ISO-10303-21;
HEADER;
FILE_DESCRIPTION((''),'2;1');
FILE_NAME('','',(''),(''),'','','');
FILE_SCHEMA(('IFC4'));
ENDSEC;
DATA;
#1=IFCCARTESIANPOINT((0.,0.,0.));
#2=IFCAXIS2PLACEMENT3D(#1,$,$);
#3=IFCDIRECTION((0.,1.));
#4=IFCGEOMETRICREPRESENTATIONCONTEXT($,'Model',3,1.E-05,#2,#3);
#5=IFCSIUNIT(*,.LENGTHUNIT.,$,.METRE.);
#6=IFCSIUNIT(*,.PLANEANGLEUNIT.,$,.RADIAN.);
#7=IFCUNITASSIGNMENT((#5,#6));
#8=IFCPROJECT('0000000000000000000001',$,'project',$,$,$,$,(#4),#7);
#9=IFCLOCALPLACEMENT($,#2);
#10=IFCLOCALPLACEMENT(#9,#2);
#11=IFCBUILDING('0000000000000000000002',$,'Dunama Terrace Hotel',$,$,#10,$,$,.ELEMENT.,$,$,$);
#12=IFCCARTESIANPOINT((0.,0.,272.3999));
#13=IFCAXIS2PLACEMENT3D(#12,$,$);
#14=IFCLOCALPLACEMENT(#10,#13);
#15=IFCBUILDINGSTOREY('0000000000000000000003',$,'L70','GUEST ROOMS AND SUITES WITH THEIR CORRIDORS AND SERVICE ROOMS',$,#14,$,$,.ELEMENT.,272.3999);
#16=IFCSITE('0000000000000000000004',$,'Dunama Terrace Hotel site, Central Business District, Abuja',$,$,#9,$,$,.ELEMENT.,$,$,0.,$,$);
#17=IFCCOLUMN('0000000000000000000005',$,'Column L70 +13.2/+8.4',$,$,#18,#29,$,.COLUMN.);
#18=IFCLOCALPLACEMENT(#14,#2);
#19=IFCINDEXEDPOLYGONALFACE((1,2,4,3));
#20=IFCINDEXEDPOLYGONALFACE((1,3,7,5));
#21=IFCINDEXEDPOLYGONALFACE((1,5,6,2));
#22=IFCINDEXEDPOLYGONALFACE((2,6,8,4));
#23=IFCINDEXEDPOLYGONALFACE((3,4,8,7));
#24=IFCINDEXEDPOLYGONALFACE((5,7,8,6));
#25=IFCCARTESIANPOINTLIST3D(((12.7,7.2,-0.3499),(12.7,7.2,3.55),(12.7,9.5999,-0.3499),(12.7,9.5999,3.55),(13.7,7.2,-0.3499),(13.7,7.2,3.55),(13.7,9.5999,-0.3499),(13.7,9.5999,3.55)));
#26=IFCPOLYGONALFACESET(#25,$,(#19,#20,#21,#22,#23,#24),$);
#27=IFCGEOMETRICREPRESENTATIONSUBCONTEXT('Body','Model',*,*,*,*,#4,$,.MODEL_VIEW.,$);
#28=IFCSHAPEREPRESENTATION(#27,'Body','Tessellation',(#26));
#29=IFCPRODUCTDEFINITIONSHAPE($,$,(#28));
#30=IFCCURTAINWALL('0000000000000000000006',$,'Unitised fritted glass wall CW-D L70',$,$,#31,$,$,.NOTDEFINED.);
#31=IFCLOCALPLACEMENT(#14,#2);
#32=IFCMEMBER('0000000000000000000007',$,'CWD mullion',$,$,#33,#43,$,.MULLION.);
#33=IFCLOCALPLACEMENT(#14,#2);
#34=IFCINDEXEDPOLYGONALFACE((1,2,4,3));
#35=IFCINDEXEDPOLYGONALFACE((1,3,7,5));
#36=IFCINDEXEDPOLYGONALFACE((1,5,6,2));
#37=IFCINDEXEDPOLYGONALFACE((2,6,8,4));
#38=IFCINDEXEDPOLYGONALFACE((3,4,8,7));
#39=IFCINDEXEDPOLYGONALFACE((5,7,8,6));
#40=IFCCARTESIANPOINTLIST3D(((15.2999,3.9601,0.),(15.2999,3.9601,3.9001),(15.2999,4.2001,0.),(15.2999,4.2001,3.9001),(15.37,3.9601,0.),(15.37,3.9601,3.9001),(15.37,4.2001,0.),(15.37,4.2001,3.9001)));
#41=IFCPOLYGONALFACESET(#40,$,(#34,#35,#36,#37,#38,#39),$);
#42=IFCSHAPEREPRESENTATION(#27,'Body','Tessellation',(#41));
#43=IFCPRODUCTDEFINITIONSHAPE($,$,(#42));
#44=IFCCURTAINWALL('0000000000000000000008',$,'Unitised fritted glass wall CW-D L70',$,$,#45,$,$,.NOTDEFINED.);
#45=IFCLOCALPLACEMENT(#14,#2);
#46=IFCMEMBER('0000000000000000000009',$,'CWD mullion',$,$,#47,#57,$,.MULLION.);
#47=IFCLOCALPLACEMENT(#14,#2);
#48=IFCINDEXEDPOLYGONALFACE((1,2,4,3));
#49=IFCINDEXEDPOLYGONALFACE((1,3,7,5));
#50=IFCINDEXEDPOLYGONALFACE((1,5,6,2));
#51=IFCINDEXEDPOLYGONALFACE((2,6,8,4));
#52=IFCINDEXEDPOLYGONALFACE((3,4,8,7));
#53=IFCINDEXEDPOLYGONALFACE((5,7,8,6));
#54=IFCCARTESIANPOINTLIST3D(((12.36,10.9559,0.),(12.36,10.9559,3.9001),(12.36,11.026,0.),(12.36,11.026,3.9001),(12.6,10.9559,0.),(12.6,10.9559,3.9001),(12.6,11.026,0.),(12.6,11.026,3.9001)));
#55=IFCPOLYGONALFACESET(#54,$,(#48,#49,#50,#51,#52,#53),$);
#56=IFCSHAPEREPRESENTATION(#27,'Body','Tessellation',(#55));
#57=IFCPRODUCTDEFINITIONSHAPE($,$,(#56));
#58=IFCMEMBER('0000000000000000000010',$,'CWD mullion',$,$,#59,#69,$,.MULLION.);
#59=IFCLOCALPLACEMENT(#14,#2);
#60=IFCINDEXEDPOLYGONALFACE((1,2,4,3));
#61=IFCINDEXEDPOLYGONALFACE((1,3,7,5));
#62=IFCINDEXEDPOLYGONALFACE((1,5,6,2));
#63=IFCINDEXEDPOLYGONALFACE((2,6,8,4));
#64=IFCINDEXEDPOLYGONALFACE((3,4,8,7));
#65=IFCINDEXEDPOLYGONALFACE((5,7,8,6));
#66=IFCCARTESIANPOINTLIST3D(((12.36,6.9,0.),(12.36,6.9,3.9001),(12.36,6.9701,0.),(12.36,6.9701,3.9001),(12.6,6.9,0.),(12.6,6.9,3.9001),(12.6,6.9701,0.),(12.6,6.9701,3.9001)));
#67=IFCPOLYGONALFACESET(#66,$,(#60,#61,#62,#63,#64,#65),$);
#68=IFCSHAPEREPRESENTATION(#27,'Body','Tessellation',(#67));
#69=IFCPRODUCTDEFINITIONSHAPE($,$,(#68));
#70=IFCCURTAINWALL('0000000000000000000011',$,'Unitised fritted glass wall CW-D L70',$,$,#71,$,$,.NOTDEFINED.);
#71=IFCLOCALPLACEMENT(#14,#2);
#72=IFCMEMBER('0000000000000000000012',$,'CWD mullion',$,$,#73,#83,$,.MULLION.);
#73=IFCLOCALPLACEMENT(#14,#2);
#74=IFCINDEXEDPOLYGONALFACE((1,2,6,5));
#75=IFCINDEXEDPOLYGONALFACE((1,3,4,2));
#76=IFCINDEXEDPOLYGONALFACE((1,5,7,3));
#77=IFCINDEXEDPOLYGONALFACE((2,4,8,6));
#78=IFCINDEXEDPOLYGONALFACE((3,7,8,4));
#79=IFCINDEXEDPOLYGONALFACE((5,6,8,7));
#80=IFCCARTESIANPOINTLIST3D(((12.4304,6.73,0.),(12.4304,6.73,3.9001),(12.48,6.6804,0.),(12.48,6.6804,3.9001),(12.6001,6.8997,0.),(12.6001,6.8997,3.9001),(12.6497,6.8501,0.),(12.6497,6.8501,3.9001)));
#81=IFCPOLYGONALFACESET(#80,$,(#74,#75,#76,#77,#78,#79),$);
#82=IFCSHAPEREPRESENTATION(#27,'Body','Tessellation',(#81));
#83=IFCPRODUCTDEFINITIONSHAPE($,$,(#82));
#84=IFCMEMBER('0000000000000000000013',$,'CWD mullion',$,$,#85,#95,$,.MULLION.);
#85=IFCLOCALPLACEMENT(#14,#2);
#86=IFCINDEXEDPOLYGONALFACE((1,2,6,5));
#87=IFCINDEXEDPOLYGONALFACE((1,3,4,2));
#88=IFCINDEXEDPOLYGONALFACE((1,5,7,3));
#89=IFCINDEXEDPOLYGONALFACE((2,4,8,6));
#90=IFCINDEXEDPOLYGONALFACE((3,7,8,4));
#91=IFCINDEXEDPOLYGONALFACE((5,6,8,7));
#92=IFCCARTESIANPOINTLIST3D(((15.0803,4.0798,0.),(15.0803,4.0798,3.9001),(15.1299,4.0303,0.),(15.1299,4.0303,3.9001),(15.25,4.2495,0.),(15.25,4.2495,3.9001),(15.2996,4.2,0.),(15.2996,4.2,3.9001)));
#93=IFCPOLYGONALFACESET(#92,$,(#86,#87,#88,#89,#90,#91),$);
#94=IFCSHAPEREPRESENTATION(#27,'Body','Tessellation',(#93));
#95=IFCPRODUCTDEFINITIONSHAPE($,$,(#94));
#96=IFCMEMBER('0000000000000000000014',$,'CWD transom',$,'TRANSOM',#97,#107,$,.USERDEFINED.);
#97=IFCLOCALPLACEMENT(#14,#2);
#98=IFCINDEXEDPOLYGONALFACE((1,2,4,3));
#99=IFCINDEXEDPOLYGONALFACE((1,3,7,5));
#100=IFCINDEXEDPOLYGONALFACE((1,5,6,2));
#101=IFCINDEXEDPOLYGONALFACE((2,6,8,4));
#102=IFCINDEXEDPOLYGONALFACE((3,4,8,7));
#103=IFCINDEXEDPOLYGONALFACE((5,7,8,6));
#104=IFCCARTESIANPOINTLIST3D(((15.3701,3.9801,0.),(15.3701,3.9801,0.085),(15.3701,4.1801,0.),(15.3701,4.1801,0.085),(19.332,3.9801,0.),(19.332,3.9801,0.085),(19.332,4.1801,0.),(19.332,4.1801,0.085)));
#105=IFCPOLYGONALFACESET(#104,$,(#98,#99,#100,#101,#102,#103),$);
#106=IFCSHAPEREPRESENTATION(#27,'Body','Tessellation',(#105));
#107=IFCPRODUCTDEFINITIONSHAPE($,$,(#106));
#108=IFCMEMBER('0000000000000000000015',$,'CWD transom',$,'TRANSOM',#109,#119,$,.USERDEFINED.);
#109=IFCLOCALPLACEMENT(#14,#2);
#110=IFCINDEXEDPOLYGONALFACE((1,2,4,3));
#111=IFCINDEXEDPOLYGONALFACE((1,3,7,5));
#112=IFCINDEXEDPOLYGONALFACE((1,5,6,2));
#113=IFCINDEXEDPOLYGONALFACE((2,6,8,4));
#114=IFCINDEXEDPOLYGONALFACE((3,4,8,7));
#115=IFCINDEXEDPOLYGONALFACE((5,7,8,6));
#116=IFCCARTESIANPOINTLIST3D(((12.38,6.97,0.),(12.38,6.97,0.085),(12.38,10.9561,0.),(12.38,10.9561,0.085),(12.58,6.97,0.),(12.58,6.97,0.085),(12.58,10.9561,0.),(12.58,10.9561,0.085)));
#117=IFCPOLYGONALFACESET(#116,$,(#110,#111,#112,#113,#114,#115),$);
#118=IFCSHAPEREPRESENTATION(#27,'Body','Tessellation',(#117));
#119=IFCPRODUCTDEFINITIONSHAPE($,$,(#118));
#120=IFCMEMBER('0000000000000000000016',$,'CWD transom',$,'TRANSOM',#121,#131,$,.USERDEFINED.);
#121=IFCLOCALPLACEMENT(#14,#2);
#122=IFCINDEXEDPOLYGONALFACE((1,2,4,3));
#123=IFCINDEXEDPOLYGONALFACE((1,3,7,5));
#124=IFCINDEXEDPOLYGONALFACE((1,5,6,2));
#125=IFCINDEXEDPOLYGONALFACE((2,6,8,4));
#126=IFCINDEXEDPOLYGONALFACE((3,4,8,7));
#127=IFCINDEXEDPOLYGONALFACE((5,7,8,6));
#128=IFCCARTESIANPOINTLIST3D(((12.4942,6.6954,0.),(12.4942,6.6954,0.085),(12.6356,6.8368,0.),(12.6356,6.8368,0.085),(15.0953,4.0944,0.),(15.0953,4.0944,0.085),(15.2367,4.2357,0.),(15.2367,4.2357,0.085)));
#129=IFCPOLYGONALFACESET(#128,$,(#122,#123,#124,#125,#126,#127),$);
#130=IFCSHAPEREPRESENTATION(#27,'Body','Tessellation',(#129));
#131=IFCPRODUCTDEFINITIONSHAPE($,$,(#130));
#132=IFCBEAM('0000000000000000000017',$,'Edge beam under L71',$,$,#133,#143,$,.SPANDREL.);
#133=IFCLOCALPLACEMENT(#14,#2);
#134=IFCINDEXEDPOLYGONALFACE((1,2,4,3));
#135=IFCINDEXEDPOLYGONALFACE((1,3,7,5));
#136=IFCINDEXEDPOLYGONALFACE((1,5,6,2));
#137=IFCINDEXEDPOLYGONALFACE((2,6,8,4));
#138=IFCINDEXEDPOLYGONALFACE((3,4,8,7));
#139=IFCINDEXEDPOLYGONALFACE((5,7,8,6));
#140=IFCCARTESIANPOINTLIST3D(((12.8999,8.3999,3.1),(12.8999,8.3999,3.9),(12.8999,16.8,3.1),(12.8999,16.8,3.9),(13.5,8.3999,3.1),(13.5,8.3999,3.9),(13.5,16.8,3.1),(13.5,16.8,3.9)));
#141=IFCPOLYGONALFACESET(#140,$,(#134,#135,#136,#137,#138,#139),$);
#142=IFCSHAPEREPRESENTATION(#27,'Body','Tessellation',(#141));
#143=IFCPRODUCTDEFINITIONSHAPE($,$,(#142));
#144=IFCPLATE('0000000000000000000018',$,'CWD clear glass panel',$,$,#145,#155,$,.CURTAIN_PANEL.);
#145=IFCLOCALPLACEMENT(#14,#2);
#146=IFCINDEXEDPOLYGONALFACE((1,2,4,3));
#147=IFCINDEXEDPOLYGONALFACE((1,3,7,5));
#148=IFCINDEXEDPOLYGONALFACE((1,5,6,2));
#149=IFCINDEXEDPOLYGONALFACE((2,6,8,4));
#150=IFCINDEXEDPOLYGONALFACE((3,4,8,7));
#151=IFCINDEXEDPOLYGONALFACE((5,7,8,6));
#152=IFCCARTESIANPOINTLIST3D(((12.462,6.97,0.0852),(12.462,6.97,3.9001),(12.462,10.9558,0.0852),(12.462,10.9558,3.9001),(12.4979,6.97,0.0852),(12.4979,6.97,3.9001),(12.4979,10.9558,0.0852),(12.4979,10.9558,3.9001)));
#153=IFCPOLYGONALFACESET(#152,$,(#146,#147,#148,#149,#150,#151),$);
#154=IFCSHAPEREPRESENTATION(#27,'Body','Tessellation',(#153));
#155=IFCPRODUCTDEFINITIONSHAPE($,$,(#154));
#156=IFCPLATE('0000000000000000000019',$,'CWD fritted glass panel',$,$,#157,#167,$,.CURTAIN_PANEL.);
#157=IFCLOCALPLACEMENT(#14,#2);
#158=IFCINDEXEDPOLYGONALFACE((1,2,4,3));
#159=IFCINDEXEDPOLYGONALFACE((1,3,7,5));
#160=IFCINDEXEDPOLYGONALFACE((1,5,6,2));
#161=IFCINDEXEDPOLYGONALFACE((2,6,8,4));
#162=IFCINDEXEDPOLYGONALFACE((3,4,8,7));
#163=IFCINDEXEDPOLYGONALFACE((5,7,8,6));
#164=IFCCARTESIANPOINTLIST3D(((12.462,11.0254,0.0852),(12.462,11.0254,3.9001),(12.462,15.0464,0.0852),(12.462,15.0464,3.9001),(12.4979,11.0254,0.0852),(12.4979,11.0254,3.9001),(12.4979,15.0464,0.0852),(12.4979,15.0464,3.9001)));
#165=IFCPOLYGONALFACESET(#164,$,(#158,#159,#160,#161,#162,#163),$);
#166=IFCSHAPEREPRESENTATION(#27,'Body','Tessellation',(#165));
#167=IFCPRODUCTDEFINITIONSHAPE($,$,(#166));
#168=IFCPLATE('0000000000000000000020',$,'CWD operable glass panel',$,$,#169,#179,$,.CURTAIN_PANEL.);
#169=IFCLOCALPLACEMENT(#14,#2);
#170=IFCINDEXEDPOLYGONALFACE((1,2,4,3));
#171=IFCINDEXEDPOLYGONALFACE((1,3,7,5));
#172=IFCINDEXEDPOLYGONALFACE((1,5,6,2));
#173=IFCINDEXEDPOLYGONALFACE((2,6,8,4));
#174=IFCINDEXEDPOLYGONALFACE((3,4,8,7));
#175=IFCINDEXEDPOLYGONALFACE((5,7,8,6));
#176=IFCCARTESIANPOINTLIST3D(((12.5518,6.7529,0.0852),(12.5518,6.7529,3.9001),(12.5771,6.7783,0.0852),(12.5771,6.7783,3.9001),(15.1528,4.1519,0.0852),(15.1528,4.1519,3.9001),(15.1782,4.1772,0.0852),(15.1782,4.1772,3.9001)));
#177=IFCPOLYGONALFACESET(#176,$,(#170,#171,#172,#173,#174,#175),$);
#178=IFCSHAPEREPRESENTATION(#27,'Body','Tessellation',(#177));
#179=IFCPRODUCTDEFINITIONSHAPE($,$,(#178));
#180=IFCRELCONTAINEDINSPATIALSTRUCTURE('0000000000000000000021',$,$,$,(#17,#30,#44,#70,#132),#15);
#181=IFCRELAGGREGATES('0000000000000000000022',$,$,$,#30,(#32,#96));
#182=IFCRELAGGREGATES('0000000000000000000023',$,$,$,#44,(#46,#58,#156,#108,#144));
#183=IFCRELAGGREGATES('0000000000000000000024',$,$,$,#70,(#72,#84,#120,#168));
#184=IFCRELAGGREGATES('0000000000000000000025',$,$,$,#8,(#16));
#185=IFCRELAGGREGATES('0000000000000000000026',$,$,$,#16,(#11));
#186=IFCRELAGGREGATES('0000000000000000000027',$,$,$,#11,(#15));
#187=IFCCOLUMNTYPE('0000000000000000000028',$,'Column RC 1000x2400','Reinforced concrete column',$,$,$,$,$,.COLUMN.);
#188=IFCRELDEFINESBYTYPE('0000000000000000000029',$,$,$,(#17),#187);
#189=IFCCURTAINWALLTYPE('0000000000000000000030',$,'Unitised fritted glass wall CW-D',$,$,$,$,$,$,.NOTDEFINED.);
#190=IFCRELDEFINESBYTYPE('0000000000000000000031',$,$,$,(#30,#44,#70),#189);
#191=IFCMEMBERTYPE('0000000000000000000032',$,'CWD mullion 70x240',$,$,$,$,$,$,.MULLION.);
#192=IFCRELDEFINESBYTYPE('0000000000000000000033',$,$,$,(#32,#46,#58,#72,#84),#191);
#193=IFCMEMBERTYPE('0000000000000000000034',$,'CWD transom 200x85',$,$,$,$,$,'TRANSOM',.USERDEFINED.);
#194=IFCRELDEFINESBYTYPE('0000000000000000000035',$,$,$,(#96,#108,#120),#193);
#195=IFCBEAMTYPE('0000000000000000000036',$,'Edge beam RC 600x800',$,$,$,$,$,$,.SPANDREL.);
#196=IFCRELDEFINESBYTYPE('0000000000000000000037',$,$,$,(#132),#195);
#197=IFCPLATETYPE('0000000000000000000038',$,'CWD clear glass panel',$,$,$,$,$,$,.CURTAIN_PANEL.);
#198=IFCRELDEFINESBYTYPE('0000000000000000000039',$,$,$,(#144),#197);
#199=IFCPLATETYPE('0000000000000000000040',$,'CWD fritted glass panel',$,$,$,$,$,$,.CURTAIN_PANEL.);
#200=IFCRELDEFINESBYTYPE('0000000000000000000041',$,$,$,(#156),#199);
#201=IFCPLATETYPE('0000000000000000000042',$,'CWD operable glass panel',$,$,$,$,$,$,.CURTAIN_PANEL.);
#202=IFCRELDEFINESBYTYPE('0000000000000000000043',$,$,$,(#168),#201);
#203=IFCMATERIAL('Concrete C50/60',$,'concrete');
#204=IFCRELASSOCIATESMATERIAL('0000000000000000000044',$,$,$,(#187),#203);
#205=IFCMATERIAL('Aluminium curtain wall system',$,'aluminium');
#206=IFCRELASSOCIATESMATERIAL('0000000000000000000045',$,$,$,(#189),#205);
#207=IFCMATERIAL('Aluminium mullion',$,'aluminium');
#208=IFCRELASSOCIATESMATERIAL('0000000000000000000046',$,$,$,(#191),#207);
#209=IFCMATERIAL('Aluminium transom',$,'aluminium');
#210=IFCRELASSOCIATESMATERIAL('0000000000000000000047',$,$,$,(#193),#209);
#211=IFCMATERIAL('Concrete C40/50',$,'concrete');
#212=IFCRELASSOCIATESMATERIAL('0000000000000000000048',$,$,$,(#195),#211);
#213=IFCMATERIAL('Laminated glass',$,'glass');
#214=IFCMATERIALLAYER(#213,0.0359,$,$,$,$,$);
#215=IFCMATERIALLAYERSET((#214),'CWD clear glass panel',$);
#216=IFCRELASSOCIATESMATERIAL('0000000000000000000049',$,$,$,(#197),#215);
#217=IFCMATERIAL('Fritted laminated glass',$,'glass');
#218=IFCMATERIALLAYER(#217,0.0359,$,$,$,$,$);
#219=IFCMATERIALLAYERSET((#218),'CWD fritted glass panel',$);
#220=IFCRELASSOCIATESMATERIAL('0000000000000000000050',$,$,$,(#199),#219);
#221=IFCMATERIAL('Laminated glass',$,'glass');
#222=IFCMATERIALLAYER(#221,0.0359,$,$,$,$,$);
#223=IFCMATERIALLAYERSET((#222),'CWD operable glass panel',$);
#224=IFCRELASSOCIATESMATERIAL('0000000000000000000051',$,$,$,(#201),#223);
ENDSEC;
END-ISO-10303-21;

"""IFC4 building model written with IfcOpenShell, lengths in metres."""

from ifc_helpers import new_model, si_unit, direction, frame, origin, origin_2d, place, context, subcontext, project, spatial, rectangle, extrude, material, layer, layer_set, material_profile, profile_set, type_object, element, aggregate, save


model = new_model("IFC4")

# Units and contexts
model_context = context("Model", 3, precision=1e-05, world=origin(), true_north=direction((0.0, 1.0)))
body_context = subcontext(model_context, "Body", "Model", "MODEL_VIEW")
ifc_project = project(units=[si_unit("LENGTHUNIT", "METRE"), si_unit("PLANEANGLEUNIT", "RADIAN")], contexts=[model_context])

# Site, building, storey
site_placement = place(None, origin())
site = spatial("IfcSite", under=ifc_project, at=site_placement, Name="Dunama Terrace Hotel site, Central Business District, Abuja", CompositionType="ELEMENT", RefElevation=0.0)
building_placement = place(site_placement, origin())
building = spatial("IfcBuilding", under=site, at=building_placement, Name="Dunama Terrace Hotel", CompositionType="ELEMENT")
storey_placement = place(building_placement, frame((0.0, 0.0, 272.3999)))
storey = spatial("IfcBuildingStorey", under=building, at=storey_placement, Name="L70", Description="GUEST ROOMS AND SUITES WITH THEIR CORRIDORS AND SERVICE ROOMS", CompositionType="ELEMENT", Elevation=272.3999)

# Column
ifc_material_1 = material(Name="Concrete C50/60", Category="concrete")
ifc_material_profile_1 = material_profile(ifc_material_1, rectangle(XDim=1.0, YDim=2.3999, at=origin_2d()), Name="RC 1000x2400")
ifc_profile_set_1 = profile_set([ifc_material_profile_1], Name="Concrete C50/60")
column_type = type_object("IfcColumnType", Name="Column RC 1000x2400", Description="Reinforced concrete column", PredefinedType="COLUMN", material=ifc_profile_set_1)
column_placement = place(storey_placement, frame((13.2, 8.3999, -0.3499), z_axis=(0.0, 0.0, 1.0), x_axis=(1.0, 0.0, 0.0)))
element("IfcColumn", 1, at=column_placement, inside=storey, type_object=column_type, Name="Column L70 +13.2/+8.4", PredefinedType="COLUMN", context=body_context, shape_type="SweptSolid", body=[
    extrude(rectangle(XDim=1.0, YDim=2.3999, at=origin_2d()), origin(), (0.0, 0.0, 1.0), 3.8999),
])

# Curtain wall, member
ifc_material_2 = material(Name="Aluminium curtain wall system", Category="aluminium")
curtain_wall_type = type_object("IfcCurtainWallType", Name="Unitised fritted glass wall CW-D", PredefinedType="NOTDEFINED", material=ifc_material_2)
curtain_wall_1_placement = place(storey_placement, origin())
curtain_wall_1 = element("IfcCurtainWall", 2, at=curtain_wall_1_placement, inside=storey, type_object=curtain_wall_type, Name="Unitised fritted glass wall CW-D L70", PredefinedType="NOTDEFINED")
ifc_material_3 = material(Name="Aluminium mullion", Category="aluminium")
ifc_material_profile_2 = material_profile(ifc_material_3, rectangle(XDim=0.0701, YDim=0.24, at=origin_2d()), Name="CWD MULLION 70X240")
ifc_profile_set_2 = profile_set([ifc_material_profile_2], Name="Aluminium mullion")
member_type_1 = type_object("IfcMemberType", Name="CWD mullion 70x240", PredefinedType="MULLION", material=ifc_profile_set_2)
member_1_placement = place(storey_placement, frame((15.335, 4.0801, 0.0), z_axis=(0.0, 0.0, 1.0), x_axis=(1.0, 0.0, 0.0)))
member_1 = element("IfcMember", 3, at=member_1_placement, type_object=member_type_1, Name="CWD mullion", PredefinedType="MULLION", context=body_context, shape_type="SweptSolid", body=[
    extrude(rectangle(XDim=0.0701, YDim=0.24, at=origin_2d()), origin(), (0.0, 0.0, 1.0), 3.9001),
])

# Curtain walls, members
curtain_wall_2_placement = place(storey_placement, origin())
curtain_wall_2 = element("IfcCurtainWall", 4, at=curtain_wall_2_placement, inside=storey, type_object=curtain_wall_type, Name="Unitised fritted glass wall CW-D L70", PredefinedType="NOTDEFINED")
member_2_placement = place(storey_placement, frame((12.48, 10.991, 0.0), z_axis=(0.0, 0.0, 1.0), x_axis=(0.0, -1.0, 0.0)))
member_2 = element("IfcMember", 5, at=member_2_placement, type_object=member_type_1, Name="CWD mullion", PredefinedType="MULLION", context=body_context, shape_type="SweptSolid", body=[
    extrude(rectangle(XDim=0.0701, YDim=0.24, at=origin_2d()), origin(), (0.0, 0.0, 1.0), 3.9001),
])
member_3_placement = place(storey_placement, frame((12.48, 6.9351, 0.0), z_axis=(0.0, 0.0, 1.0), x_axis=(0.0, -1.0, 0.0)))
member_3 = element("IfcMember", 6, at=member_3_placement, type_object=member_type_1, Name="CWD mullion", PredefinedType="MULLION", context=body_context, shape_type="SweptSolid", body=[
    extrude(rectangle(XDim=0.0701, YDim=0.24, at=origin_2d()), origin(), (0.0, 0.0, 1.0), 3.9001),
])
curtain_wall_3_placement = place(storey_placement, origin())
curtain_wall_3 = element("IfcCurtainWall", 7, at=curtain_wall_3_placement, inside=storey, type_object=curtain_wall_type, Name="Unitised fritted glass wall CW-D L70", PredefinedType="NOTDEFINED")
member_4_placement = place(storey_placement, frame((12.54, 6.79, 0.0), z_axis=(0.0, 0.0, 1.0), x_axis=(0.707107, -0.707107, 0.0)))
member_4 = element("IfcMember", 8, at=member_4_placement, type_object=member_type_1, Name="CWD mullion", PredefinedType="MULLION", context=body_context, shape_type="SweptSolid", body=[
    extrude(rectangle(XDim=0.0701, YDim=0.24, at=origin_2d()), origin(), (0.0, 0.0, 1.0), 3.9001),
])
member_5_placement = place(storey_placement, frame((15.1899, 4.1399, 0.0), z_axis=(0.0, 0.0, 1.0), x_axis=(0.707107, -0.707107, 0.0)))
member_5 = element("IfcMember", 9, at=member_5_placement, type_object=member_type_1, Name="CWD mullion", PredefinedType="MULLION", context=body_context, shape_type="SweptSolid", body=[
    extrude(rectangle(XDim=0.0701, YDim=0.24, at=origin_2d()), origin(), (0.0, 0.0, 1.0), 3.9001),
])

# Members
ifc_material_4 = material(Name="Aluminium transom", Category="aluminium")
ifc_material_profile_3 = material_profile(ifc_material_4, rectangle(XDim=0.2, YDim=0.085, at=origin_2d()), Name="CWD TRANSOM 200X85")
ifc_profile_set_3 = profile_set([ifc_material_profile_3], Name="Aluminium transom")
member_type_2 = type_object("IfcMemberType", Name="CWD transom 200x85", ElementType="TRANSOM", PredefinedType="USERDEFINED", material=ifc_profile_set_3)
member_6_placement = place(storey_placement, frame((15.3701, 4.0801, 0.0425), z_axis=(1.0, 0.0, 0.0), x_axis=(0.0, 1.0, 0.0)))
member_6 = element("IfcMember", 10, at=member_6_placement, type_object=member_type_2, Name="CWD transom", ObjectType="TRANSOM", PredefinedType="USERDEFINED", context=body_context, shape_type="SweptSolid", body=[
    extrude(rectangle(XDim=0.2, YDim=0.085, at=origin_2d()), origin(), (0.0, 0.0, 1.0), 3.9619),
])
aggregate(curtain_wall_1, [member_1, member_6])
member_7_placement = place(storey_placement, frame((12.48, 10.9561, 0.0425), z_axis=(0.0, -1.0, 0.0), x_axis=(1.0, 0.0, 0.0)))
member_7 = element("IfcMember", 11, at=member_7_placement, type_object=member_type_2, Name="CWD transom", ObjectType="TRANSOM", PredefinedType="USERDEFINED", context=body_context, shape_type="SweptSolid", body=[
    extrude(rectangle(XDim=0.2, YDim=0.085, at=origin_2d()), origin(), (0.0, 0.0, 1.0), 3.9861),
])
member_8_placement = place(storey_placement, frame((12.5649, 6.7661, 0.0425), z_axis=(0.707107, -0.707107, 0.0), x_axis=(0.707107, 0.707107, 0.0)))
member_8 = element("IfcMember", 12, at=member_8_placement, type_object=member_type_2, Name="CWD transom", ObjectType="TRANSOM", PredefinedType="USERDEFINED", context=body_context, shape_type="SweptSolid", body=[
    extrude(rectangle(XDim=0.2, YDim=0.085, at=origin_2d()), origin(), (0.0, 0.0, 1.0), 3.6785),
])

# Beam
ifc_material_5 = material(Name="Concrete C40/50", Category="concrete")
ifc_material_profile_4 = material_profile(ifc_material_5, rectangle(XDim=0.6001, YDim=0.8, at=origin_2d()), Name="RC 600x800")
ifc_profile_set_4 = profile_set([ifc_material_profile_4], Name="Concrete C40/50")
beam_type = type_object("IfcBeamType", Name="Edge beam RC 600x800", PredefinedType="SPANDREL", material=ifc_profile_set_4)
beam_placement = place(storey_placement, frame((13.2, 8.3999, 3.5), z_axis=(0.0, 1.0, 0.0), x_axis=(-1.0, 0.0, 0.0)))
element("IfcBeam", 13, at=beam_placement, inside=storey, type_object=beam_type, Name="Edge beam under L71", PredefinedType="SPANDREL", context=body_context, shape_type="SweptSolid", body=[
    extrude(rectangle(XDim=0.6001, YDim=0.8, at=origin_2d()), origin(), (0.0, 0.0, 1.0), 8.4001),
])

# Plates
ifc_material_6 = material(Name="Laminated glass", Category="glass")
ifc_layer_1 = layer(ifc_material_6, 0.0359)
ifc_layer_set_1 = layer_set([ifc_layer_1], Name="CWD clear glass panel")
plate_type_1 = type_object("IfcPlateType", Name="CWD clear glass panel", PredefinedType="CURTAIN_PANEL", material=ifc_layer_set_1)
plate_1_placement = place(storey_placement, frame((12.48, 8.9629, 0.0852), z_axis=(0.0, 0.0, 1.0), x_axis=(0.0, -1.0, 0.0)))
plate_1 = element("IfcPlate", 14, at=plate_1_placement, type_object=plate_type_1, Name="CWD clear glass panel", PredefinedType="CURTAIN_PANEL", context=body_context, shape_type="SweptSolid", body=[
    extrude(rectangle(XDim=3.9858, YDim=0.0359, at=origin_2d()), origin(), (0.0, 0.0, 1.0), 3.8149),
])
ifc_material_7 = material(Name="Fritted laminated glass", Category="glass")
ifc_layer_2 = layer(ifc_material_7, 0.0359)
ifc_layer_set_2 = layer_set([ifc_layer_2], Name="CWD fritted glass panel")
plate_type_2 = type_object("IfcPlateType", Name="CWD fritted glass panel", PredefinedType="CURTAIN_PANEL", material=ifc_layer_set_2)
plate_2_placement = place(storey_placement, frame((12.48, 13.0359, 0.0852), z_axis=(0.0, 0.0, 1.0), x_axis=(0.0, -1.0, 0.0)))
plate_2 = element("IfcPlate", 15, at=plate_2_placement, type_object=plate_type_2, Name="CWD fritted glass panel", PredefinedType="CURTAIN_PANEL", context=body_context, shape_type="SweptSolid", body=[
    extrude(rectangle(XDim=4.021, YDim=0.0359, at=origin_2d()), origin(), (0.0, 0.0, 1.0), 3.8149),
])
aggregate(curtain_wall_2, [member_2, member_3, plate_2, member_7, plate_1])
ifc_material_8 = material(Name="Laminated glass", Category="glass")
ifc_layer_3 = layer(ifc_material_8, 0.0359)
ifc_layer_set_3 = layer_set([ifc_layer_3], Name="CWD operable glass panel")
plate_type_3 = type_object("IfcPlateType", Name="CWD operable glass panel", PredefinedType="CURTAIN_PANEL", material=ifc_layer_set_3)
plate_3_placement = place(storey_placement, frame((13.865, 5.4651, 0.0852), z_axis=(0.0, 0.0, 1.0), x_axis=(0.707107, -0.707107, 0.0)))
plate_3 = element("IfcPlate", 16, at=plate_3_placement, type_object=plate_type_3, Name="CWD operable glass panel", PredefinedType="CURTAIN_PANEL", context=body_context, shape_type="SweptSolid", body=[
    extrude(rectangle(XDim=3.6785, YDim=0.0359, at=origin_2d()), origin(), (0.0, 0.0, 1.0), 3.8149),
])
aggregate(curtain_wall_3, [member_4, member_5, member_8, plate_3])

save(model, "model.ifc")
